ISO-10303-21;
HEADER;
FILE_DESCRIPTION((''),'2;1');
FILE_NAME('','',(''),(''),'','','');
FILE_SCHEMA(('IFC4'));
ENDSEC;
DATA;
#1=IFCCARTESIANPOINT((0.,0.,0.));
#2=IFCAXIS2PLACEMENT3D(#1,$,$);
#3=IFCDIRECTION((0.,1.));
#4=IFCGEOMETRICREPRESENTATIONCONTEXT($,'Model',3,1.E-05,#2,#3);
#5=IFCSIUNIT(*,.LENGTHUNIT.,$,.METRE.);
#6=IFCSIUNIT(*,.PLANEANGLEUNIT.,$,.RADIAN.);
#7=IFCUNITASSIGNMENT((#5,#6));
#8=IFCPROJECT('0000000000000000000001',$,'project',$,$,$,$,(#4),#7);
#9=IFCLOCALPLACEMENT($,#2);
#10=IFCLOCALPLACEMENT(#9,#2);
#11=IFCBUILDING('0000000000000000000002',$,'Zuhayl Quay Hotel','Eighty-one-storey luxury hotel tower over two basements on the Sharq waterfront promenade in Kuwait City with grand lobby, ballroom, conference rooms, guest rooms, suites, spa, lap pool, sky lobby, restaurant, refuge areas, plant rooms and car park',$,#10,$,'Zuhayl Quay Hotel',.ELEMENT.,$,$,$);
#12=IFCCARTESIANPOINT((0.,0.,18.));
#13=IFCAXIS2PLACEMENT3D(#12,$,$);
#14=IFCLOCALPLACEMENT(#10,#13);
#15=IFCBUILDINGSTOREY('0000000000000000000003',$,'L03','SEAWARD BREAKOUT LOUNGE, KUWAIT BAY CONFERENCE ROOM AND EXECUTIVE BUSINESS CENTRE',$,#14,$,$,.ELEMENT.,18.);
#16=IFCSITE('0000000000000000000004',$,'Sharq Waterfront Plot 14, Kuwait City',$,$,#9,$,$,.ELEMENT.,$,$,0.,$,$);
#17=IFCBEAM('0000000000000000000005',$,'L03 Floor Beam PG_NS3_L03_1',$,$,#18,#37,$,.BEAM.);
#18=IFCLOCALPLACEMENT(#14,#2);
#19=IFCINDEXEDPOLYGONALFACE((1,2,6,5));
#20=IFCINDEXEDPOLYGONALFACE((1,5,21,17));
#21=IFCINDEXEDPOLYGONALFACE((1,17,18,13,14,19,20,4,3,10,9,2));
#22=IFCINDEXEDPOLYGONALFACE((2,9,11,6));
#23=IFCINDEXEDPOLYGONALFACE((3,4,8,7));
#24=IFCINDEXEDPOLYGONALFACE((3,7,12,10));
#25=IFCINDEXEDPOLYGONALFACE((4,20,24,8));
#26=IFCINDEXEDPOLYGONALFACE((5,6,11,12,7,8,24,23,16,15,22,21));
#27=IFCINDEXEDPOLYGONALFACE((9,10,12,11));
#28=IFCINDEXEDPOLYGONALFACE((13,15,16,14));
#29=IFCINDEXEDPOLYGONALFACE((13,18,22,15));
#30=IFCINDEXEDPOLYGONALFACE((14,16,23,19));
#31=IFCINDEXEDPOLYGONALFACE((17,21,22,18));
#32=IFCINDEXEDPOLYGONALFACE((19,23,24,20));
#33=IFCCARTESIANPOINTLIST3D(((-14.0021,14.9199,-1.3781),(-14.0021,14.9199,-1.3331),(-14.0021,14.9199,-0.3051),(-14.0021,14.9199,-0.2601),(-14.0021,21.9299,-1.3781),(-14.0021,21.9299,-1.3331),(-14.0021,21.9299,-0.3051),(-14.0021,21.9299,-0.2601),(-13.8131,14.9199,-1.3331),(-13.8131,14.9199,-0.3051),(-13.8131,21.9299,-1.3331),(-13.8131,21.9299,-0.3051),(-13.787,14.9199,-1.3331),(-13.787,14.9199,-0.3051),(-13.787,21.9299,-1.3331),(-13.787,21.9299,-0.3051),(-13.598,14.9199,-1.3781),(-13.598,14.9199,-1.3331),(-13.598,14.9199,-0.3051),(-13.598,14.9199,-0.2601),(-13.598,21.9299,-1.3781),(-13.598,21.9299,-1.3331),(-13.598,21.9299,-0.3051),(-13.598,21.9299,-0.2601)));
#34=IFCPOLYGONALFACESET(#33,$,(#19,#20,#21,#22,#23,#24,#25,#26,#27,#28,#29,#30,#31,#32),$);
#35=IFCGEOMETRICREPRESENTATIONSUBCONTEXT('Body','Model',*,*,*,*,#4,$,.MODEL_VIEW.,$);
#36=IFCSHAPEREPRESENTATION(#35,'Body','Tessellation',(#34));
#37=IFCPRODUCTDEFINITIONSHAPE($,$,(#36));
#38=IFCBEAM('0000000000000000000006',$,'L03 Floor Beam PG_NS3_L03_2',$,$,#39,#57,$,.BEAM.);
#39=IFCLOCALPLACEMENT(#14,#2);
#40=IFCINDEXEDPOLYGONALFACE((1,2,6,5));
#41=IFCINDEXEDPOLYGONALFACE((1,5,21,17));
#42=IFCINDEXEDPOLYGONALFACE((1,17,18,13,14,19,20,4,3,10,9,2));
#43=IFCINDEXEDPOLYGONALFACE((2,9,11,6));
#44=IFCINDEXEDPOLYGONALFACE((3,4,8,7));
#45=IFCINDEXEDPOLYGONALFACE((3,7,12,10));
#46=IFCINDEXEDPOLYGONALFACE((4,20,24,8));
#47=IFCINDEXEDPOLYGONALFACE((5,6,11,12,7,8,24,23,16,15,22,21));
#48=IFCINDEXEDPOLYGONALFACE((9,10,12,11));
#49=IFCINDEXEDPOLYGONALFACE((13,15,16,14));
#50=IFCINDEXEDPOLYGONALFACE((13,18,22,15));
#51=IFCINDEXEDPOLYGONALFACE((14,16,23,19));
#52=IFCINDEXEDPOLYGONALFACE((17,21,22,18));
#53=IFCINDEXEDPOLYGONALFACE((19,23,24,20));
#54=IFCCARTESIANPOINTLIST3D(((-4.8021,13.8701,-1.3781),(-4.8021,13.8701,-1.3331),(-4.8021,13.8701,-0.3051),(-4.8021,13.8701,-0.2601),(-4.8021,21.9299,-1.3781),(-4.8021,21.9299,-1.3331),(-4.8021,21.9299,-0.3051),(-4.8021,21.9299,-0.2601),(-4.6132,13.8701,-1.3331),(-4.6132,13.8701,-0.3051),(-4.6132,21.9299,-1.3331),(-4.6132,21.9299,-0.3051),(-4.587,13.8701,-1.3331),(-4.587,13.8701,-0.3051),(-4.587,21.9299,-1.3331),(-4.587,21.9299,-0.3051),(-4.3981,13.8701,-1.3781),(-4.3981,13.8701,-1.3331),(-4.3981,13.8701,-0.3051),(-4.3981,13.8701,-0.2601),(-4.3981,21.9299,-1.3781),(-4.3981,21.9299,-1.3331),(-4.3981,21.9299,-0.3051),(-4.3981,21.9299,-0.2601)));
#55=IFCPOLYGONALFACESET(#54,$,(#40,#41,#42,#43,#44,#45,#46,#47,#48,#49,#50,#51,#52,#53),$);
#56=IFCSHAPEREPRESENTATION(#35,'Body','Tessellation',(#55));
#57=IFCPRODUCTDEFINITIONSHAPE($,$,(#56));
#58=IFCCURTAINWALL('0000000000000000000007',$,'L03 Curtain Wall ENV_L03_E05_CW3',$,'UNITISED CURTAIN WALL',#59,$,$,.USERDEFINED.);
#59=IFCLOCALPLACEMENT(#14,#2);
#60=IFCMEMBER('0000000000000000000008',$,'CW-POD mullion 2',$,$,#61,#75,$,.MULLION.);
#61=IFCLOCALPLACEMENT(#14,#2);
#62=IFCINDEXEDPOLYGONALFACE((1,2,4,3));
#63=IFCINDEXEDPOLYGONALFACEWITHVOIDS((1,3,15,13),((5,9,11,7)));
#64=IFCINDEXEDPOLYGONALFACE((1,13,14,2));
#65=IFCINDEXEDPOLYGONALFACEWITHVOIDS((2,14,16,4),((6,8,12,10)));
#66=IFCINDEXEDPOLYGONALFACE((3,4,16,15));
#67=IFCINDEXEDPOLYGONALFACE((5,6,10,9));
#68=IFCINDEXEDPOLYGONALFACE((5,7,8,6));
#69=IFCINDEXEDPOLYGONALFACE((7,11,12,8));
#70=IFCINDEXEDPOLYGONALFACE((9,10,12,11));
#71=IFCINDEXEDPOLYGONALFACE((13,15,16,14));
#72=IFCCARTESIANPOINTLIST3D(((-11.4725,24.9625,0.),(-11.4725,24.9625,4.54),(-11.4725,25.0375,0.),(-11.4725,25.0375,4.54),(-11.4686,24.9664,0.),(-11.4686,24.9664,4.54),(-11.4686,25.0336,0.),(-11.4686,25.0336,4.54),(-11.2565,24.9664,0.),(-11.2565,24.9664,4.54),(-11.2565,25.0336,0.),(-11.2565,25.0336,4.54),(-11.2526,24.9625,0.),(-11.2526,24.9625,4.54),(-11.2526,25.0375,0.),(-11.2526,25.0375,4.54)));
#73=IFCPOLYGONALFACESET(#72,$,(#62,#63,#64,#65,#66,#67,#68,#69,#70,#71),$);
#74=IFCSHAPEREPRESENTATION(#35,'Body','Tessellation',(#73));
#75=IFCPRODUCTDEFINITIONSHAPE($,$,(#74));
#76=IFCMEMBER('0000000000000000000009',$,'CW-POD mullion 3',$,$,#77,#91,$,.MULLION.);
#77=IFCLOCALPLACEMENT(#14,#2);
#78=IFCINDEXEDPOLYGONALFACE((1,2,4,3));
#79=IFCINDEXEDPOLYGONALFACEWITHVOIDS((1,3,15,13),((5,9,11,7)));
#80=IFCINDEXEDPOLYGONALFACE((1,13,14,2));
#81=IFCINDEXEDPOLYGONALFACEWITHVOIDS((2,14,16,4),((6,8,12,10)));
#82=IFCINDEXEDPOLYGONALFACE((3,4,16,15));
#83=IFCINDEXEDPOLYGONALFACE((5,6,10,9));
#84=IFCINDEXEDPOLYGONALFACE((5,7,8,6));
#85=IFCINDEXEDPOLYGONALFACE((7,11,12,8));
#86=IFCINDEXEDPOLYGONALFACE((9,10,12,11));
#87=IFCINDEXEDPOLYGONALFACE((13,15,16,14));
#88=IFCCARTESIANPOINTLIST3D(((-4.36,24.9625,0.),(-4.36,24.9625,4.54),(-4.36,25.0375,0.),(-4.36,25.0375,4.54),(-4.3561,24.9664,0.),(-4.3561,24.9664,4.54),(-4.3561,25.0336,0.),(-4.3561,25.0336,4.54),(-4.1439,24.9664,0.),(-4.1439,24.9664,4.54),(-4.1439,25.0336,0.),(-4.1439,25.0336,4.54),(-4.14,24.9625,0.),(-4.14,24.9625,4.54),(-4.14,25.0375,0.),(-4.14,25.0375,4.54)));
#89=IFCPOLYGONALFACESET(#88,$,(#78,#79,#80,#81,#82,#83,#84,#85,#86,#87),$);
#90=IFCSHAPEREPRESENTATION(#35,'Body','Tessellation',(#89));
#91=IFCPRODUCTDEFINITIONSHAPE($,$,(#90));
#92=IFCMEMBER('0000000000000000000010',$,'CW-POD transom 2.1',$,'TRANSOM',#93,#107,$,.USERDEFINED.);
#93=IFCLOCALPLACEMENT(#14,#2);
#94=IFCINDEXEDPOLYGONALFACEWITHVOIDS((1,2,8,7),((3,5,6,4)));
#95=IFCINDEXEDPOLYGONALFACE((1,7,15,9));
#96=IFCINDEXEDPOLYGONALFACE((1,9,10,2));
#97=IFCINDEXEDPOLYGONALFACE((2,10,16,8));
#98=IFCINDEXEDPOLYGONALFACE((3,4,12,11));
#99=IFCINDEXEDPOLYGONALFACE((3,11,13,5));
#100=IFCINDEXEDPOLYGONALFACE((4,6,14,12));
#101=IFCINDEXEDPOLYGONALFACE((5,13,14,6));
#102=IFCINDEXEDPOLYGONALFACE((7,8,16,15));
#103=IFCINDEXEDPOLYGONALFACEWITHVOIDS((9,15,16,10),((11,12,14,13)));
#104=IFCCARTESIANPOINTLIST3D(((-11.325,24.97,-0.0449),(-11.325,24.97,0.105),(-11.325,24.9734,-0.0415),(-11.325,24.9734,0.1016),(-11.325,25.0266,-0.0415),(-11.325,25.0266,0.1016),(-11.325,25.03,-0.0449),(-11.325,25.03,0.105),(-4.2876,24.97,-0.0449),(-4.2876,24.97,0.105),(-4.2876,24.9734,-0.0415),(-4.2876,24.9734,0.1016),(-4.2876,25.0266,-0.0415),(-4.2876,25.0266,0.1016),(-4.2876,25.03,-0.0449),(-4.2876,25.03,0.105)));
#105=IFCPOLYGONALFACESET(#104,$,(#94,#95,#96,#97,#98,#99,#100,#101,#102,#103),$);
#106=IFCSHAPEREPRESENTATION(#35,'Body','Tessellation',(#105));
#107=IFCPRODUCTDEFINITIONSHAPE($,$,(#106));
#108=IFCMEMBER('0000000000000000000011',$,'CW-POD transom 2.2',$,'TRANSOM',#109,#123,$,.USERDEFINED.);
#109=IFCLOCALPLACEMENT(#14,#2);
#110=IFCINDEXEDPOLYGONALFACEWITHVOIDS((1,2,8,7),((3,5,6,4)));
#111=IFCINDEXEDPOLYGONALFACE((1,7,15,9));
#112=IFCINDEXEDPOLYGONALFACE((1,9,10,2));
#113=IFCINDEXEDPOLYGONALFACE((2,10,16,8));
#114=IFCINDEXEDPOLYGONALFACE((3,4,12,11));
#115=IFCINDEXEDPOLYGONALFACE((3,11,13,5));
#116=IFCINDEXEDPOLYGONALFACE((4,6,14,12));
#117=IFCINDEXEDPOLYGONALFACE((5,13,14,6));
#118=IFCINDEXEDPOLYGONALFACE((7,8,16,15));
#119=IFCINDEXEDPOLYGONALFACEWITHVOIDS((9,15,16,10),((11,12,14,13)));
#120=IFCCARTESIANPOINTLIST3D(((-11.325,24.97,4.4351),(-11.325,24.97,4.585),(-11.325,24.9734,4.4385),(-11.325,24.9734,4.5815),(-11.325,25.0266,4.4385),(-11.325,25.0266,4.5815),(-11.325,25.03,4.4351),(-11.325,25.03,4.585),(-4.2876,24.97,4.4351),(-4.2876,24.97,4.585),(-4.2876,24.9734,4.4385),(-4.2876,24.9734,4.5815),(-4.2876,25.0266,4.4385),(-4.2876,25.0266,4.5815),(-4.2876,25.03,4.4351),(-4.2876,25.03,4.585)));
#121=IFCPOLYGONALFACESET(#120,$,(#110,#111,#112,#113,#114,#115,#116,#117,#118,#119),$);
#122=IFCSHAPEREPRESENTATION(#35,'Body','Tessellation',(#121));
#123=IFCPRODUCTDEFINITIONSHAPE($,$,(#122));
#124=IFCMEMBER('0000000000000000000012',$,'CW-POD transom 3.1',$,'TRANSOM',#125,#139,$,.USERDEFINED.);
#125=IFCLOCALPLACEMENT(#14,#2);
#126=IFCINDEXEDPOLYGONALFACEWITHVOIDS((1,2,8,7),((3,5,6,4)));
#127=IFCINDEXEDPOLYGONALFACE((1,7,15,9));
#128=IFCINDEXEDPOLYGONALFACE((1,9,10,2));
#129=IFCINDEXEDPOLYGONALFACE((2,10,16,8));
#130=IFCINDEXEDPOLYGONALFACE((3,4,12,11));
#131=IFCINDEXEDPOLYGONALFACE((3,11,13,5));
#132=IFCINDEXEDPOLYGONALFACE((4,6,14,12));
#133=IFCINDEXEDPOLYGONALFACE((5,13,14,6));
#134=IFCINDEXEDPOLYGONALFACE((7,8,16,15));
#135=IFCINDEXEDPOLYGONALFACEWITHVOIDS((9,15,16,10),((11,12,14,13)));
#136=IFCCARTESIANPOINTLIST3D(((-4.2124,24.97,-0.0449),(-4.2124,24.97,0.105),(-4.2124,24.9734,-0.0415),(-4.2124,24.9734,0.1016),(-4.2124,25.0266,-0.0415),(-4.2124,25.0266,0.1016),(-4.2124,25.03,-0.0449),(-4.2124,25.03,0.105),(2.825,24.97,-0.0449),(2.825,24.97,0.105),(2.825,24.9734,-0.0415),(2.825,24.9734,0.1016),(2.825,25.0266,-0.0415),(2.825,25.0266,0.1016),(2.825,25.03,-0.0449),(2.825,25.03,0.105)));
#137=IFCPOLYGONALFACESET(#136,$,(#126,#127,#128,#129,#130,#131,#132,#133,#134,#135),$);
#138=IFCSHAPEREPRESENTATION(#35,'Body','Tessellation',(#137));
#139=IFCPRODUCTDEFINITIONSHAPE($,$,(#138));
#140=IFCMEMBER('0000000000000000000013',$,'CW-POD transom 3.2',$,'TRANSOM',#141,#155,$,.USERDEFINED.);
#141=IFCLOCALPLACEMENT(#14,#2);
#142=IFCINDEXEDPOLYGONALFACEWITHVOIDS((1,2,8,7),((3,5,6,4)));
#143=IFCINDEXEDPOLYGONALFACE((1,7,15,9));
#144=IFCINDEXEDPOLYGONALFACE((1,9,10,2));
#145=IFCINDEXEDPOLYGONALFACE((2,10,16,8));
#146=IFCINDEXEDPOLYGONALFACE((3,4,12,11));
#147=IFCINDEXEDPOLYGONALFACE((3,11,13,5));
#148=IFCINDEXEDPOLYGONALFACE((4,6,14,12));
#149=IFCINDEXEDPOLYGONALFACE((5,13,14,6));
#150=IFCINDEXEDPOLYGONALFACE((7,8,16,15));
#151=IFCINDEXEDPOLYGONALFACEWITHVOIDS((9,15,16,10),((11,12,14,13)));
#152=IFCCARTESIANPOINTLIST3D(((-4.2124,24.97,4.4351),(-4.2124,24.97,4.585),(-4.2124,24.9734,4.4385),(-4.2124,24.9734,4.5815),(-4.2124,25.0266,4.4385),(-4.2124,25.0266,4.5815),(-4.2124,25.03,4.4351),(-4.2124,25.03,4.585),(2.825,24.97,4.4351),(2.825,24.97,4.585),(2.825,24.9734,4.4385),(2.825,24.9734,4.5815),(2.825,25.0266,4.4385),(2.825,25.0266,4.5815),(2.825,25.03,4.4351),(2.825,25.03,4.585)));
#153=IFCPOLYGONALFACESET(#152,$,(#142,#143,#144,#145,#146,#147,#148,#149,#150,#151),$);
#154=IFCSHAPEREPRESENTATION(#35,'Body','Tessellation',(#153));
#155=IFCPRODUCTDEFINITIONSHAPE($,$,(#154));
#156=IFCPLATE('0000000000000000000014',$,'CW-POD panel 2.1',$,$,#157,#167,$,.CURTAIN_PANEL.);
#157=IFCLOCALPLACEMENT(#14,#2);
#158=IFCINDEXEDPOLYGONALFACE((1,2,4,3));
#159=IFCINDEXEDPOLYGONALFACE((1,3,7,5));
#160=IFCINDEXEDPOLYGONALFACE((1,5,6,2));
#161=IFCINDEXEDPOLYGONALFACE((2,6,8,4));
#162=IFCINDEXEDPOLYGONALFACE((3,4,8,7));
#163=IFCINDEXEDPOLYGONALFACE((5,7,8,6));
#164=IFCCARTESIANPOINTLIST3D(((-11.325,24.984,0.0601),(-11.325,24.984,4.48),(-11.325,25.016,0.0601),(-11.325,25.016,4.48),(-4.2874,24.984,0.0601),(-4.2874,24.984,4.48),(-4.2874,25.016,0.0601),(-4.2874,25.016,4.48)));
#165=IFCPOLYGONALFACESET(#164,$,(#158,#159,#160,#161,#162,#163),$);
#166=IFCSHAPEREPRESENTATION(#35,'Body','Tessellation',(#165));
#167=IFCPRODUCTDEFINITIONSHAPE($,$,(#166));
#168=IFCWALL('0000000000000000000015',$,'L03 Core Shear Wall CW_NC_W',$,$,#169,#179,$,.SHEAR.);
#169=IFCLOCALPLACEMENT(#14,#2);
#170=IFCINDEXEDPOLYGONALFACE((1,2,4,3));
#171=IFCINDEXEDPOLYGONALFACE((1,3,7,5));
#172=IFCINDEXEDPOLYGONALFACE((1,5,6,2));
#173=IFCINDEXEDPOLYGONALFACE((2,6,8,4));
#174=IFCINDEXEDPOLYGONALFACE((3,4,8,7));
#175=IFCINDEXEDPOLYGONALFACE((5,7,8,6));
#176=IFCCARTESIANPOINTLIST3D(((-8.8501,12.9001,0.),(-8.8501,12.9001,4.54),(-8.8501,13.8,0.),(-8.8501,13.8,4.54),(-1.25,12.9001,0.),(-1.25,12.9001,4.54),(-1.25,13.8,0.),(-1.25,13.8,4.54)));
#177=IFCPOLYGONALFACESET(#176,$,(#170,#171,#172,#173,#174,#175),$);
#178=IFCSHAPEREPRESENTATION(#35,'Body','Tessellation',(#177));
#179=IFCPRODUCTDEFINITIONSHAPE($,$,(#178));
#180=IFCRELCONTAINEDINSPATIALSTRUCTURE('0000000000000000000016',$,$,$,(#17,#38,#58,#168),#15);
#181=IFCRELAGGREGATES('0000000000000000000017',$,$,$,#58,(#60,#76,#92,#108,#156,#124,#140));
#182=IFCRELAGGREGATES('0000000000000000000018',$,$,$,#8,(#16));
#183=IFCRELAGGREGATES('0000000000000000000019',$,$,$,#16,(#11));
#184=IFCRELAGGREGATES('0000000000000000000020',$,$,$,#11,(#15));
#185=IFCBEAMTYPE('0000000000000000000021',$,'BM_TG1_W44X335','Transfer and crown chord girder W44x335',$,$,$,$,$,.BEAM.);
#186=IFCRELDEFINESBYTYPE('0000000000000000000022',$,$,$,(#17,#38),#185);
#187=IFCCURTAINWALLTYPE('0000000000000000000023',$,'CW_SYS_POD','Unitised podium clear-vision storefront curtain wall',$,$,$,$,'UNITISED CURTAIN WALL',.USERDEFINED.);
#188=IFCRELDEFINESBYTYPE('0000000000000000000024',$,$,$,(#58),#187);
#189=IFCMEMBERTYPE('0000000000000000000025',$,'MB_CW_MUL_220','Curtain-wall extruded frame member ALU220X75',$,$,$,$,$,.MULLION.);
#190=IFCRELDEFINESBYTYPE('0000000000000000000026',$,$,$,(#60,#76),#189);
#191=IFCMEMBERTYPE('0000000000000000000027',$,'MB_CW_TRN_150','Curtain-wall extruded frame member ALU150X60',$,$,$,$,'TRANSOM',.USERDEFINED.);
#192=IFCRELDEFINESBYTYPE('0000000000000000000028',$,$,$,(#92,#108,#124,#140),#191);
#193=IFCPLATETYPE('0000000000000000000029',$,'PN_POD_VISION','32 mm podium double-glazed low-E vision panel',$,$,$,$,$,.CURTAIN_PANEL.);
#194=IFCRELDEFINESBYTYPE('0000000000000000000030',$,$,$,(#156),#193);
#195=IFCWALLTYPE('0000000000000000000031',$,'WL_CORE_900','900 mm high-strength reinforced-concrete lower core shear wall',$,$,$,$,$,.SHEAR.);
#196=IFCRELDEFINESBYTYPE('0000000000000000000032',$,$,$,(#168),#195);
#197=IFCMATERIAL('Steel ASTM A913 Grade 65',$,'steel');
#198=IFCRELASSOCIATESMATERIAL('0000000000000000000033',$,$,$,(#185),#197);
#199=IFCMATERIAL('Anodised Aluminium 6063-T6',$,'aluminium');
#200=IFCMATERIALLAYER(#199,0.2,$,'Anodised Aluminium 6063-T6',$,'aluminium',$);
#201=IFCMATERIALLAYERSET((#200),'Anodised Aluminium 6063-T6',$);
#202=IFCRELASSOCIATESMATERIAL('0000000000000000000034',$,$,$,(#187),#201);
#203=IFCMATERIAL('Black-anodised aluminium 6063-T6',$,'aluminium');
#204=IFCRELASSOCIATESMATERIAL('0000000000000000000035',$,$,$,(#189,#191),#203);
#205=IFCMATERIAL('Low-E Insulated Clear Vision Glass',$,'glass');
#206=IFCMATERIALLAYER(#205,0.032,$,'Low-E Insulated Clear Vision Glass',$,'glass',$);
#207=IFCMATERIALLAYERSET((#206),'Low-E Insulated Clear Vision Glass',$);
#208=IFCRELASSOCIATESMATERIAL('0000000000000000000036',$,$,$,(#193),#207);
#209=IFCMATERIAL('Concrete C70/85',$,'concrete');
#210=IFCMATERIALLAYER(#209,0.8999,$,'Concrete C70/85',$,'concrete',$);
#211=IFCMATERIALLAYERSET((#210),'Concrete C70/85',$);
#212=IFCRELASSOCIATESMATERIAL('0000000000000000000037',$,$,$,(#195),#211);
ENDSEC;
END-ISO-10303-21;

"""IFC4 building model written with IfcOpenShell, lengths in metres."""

from ifc_helpers import new_model, si_unit, direction, frame, frame_2d, origin, origin_2d, place, context, subcontext, project, spatial, rectangle, hollow_rectangle, i_section, extrude, material, layer, layer_set, material_profile, profile_set, type_object, element, aggregate, save


model = new_model("IFC4")

# Units and contexts
model_context = context("Model", 3, precision=1e-05, world=origin(), true_north=direction((0.0, 1.0)))
body_context = subcontext(model_context, "Body", "Model", "MODEL_VIEW")
ifc_project = project(units=[si_unit("LENGTHUNIT", "METRE"), si_unit("PLANEANGLEUNIT", "RADIAN")], contexts=[model_context])

# Site, building, storey
site_placement = place(None, origin())
site = spatial("IfcSite", under=ifc_project, at=site_placement, Name="Sharq Waterfront Plot 14, Kuwait City", CompositionType="ELEMENT", RefElevation=0.0)
building_placement = place(site_placement, origin())
building = spatial("IfcBuilding", under=site, at=building_placement, Name="Zuhayl Quay Hotel", Description="Eighty-one-storey luxury hotel tower over two basements on the Sharq waterfront promenade in Kuwait City with grand lobby, ballroom, conference rooms, guest rooms, suites, spa, lap pool, sky lobby, restaurant, refuge areas, plant rooms and car park", LongName="Zuhayl Quay Hotel", CompositionType="ELEMENT")
storey_placement = place(building_placement, frame((0.0, 0.0, 18.0)))
storey = spatial("IfcBuildingStorey", under=building, at=storey_placement, Name="L03", Description="SEAWARD BREAKOUT LOUNGE, KUWAIT BAY CONFERENCE ROOM AND EXECUTIVE BUSINESS CENTRE", CompositionType="ELEMENT", Elevation=18.0)

# Shared definitions
ifc_material_1 = material(Name="Concrete C70/85", Category="concrete")

# Beams
ifc_material_2 = material(Name="Steel ASTM A913 Grade 65", Category="steel")
ifc_material_profile_1 = material_profile(ifc_material_2, i_section(OverallWidth=0.4041, OverallDepth=1.1179, WebThickness=0.0261, FlangeThickness=0.0449, at=origin_2d()), Name="W44X335")
ifc_profile_set_1 = profile_set([ifc_material_profile_1], Name="Steel ASTM A913 Grade 65")
beam_type_1 = type_object("IfcBeamType", Name="BM_TG1_W44X335", Description="Transfer and crown chord girder W44x335", PredefinedType="BEAM", material=ifc_profile_set_1)
beam_1_placement = place(storey_placement, frame((-13.8, 14.9199, -0.8191), z_axis=(0.0, 1.0, 0.0), x_axis=(-1.0, 0.0, 0.0)))
element("IfcBeam", 1, at=beam_1_placement, inside=storey, type_object=beam_type_1, Name="L03 Floor Beam PG_NS3_L03_1", PredefinedType="BEAM", context=body_context, shape_type="SweptSolid", body=[
    extrude(i_section(OverallWidth=0.4041, OverallDepth=1.1179, WebThickness=0.0261, FlangeThickness=0.0449, at=origin_2d()), origin(), (0.0, 0.0, 1.0), 7.01),
])
beam_2_placement = place(storey_placement, frame((-4.6001, 13.8701, -0.8191), z_axis=(0.0, 1.0, 0.0), x_axis=(-1.0, 0.0, 0.0)))
element("IfcBeam", 2, at=beam_2_placement, inside=storey, type_object=beam_type_1, Name="L03 Floor Beam PG_NS3_L03_2", PredefinedType="BEAM", context=body_context, shape_type="SweptSolid", body=[
    extrude(i_section(OverallWidth=0.4041, OverallDepth=1.1179, WebThickness=0.0261, FlangeThickness=0.0449, at=origin_2d()), origin(), (0.0, 0.0, 1.0), 8.0598),
])

# Curtain wall, members, plate
ifc_material_3 = material(Name="Anodised Aluminium 6063-T6", Category="aluminium")
ifc_layer_1 = layer(ifc_material_3, 0.2, Name="Anodised Aluminium 6063-T6", Category="aluminium")
ifc_layer_set_1 = layer_set([ifc_layer_1], Name="Anodised Aluminium 6063-T6")
curtain_wall_type = type_object("IfcCurtainWallType", Name="CW_SYS_POD", Description="Unitised podium clear-vision storefront curtain wall", ElementType="UNITISED CURTAIN WALL", PredefinedType="USERDEFINED", material=ifc_layer_set_1)
curtain_wall_placement = place(storey_placement, origin())
curtain_wall = element("IfcCurtainWall", 3, at=curtain_wall_placement, inside=storey, type_object=curtain_wall_type, Name="L03 Curtain Wall ENV_L03_E05_CW3", ObjectType="UNITISED CURTAIN WALL", PredefinedType="USERDEFINED")
ifc_material_4 = material(Name="Black-anodised aluminium 6063-T6", Category="aluminium")
ifc_material_profile_2 = material_profile(ifc_material_4, hollow_rectangle(XDim=0.075, YDim=0.22, WallThickness=0.0039, at=origin_2d()), Name="ALU220X75")
ifc_profile_set_2 = profile_set([ifc_material_profile_2], Name="Black-anodised aluminium 6063-T6")
member_type_1 = type_object("IfcMemberType", Name="MB_CW_MUL_220", Description="Curtain-wall extruded frame member ALU220X75", PredefinedType="MULLION", material=ifc_profile_set_2)
member_1_placement = place(storey_placement, frame((-11.3625, 25.0, 0.0), z_axis=(0.0, 0.0, 1.0), x_axis=(0.0, 1.0, 0.0)))
member_1 = element("IfcMember", 4, at=member_1_placement, type_object=member_type_1, Name="CW-POD mullion 2", PredefinedType="MULLION", context=body_context, shape_type="SweptSolid", body=[
    extrude(hollow_rectangle(XDim=0.075, YDim=0.22, WallThickness=0.0039, at=origin_2d()), origin(), (0.0, 0.0, 1.0), 4.54),
])
member_2_placement = place(storey_placement, frame((-4.25, 25.0, 0.0), z_axis=(0.0, 0.0, 1.0), x_axis=(0.0, 1.0, 0.0)))
member_2 = element("IfcMember", 5, at=member_2_placement, type_object=member_type_1, Name="CW-POD mullion 3", PredefinedType="MULLION", context=body_context, shape_type="SweptSolid", body=[
    extrude(hollow_rectangle(XDim=0.075, YDim=0.22, WallThickness=0.0039, at=origin_2d()), origin(), (0.0, 0.0, 1.0), 4.54),
])
ifc_material_profile_3 = material_profile(ifc_material_4, hollow_rectangle(XDim=0.0601, YDim=0.1499, WallThickness=0.0034, at=origin_2d()), Name="ALU150X60")
ifc_profile_set_3 = profile_set([ifc_material_profile_3], Name="Black-anodised aluminium 6063-T6")
member_type_2 = type_object("IfcMemberType", Name="MB_CW_TRN_150", Description="Curtain-wall extruded frame member ALU150X60", ElementType="TRANSOM", PredefinedType="USERDEFINED", material=ifc_profile_set_3)
member_3_placement = place(storey_placement, frame((-11.325, 25.0, 0.03), z_axis=(1.0, 0.0, 0.0), x_axis=(0.0, 1.0, 0.0)))
member_3 = element("IfcMember", 6, at=member_3_placement, type_object=member_type_2, Name="CW-POD transom 2.1", ObjectType="TRANSOM", PredefinedType="USERDEFINED", context=body_context, shape_type="SweptSolid", body=[
    extrude(hollow_rectangle(XDim=0.0601, YDim=0.1499, WallThickness=0.0034, at=origin_2d()), origin(), (0.0, 0.0, 1.0), 7.0374),
])
member_4_placement = place(storey_placement, frame((-11.325, 25.0, 4.51), z_axis=(1.0, 0.0, 0.0), x_axis=(0.0, 1.0, 0.0)))
member_4 = element("IfcMember", 7, at=member_4_placement, type_object=member_type_2, Name="CW-POD transom 2.2", ObjectType="TRANSOM", PredefinedType="USERDEFINED", context=body_context, shape_type="SweptSolid", body=[
    extrude(hollow_rectangle(XDim=0.0601, YDim=0.1499, WallThickness=0.0034, at=origin_2d()), origin(), (0.0, 0.0, 1.0), 7.0374),
])
member_5_placement = place(storey_placement, frame((-4.2124, 25.0, 0.03), z_axis=(1.0, 0.0, 0.0), x_axis=(0.0, 1.0, 0.0)))
member_5 = element("IfcMember", 8, at=member_5_placement, type_object=member_type_2, Name="CW-POD transom 3.1", ObjectType="TRANSOM", PredefinedType="USERDEFINED", context=body_context, shape_type="SweptSolid", body=[
    extrude(hollow_rectangle(XDim=0.0601, YDim=0.1499, WallThickness=0.0034, at=origin_2d()), origin(), (0.0, 0.0, 1.0), 7.0374),
])
member_6_placement = place(storey_placement, frame((-4.2124, 25.0, 4.51), z_axis=(1.0, 0.0, 0.0), x_axis=(0.0, 1.0, 0.0)))
member_6 = element("IfcMember", 9, at=member_6_placement, type_object=member_type_2, Name="CW-POD transom 3.2", ObjectType="TRANSOM", PredefinedType="USERDEFINED", context=body_context, shape_type="SweptSolid", body=[
    extrude(hollow_rectangle(XDim=0.0601, YDim=0.1499, WallThickness=0.0034, at=origin_2d()), origin(), (0.0, 0.0, 1.0), 7.0374),
])
ifc_material_5 = material(Name="Low-E Insulated Clear Vision Glass", Category="glass")
ifc_layer_2 = layer(ifc_material_5, 0.032, Name="Low-E Insulated Clear Vision Glass", Category="glass")
ifc_layer_set_2 = layer_set([ifc_layer_2], Name="Low-E Insulated Clear Vision Glass")
plate_type = type_object("IfcPlateType", Name="PN_POD_VISION", Description="32 mm podium double-glazed low-E vision panel", PredefinedType="CURTAIN_PANEL", material=ifc_layer_set_2)
plate_placement = place(storey_placement, frame((-7.8062, 25.0, 0.0601), z_axis=(0.0, 0.0, 1.0), x_axis=(1.0, 0.0, 0.0)))
plate = element("IfcPlate", 10, at=plate_placement, type_object=plate_type, Name="CW-POD panel 2.1", PredefinedType="CURTAIN_PANEL", context=body_context, shape_type="SweptSolid", body=[
    extrude(rectangle(XDim=7.0376, YDim=0.032, at=origin_2d()), origin(), (0.0, 0.0, 1.0), 4.4199),
])
aggregate(curtain_wall, [member_1, member_2, member_3, member_4, plate, member_5, member_6])

# Wall
ifc_layer_3 = layer(ifc_material_1, 0.8999, Name="Concrete C70/85", Category="concrete")
ifc_layer_set_3 = layer_set([ifc_layer_3], Name="Concrete C70/85")
wall_type_1 = type_object("IfcWallType", Name="WL_CORE_900", Description="900 mm high-strength reinforced-concrete lower core shear wall", PredefinedType="SHEAR", material=ifc_layer_set_3)
wall_1_placement = place(storey_placement, frame((-8.8501, 13.3501, 0.0), z_axis=(0.0, 0.0, 1.0), x_axis=(1.0, 0.0, 0.0)))
element("IfcWall", 11, at=wall_1_placement, inside=storey, type_object=wall_type_1, Name="L03 Core Shear Wall CW_NC_W", PredefinedType="SHEAR", context=body_context, shape_type="SweptSolid", body=[
    extrude(rectangle(XDim=7.6001, YDim=0.8999, at=frame_2d((3.8, 0.0))), origin(), (0.0, 0.0, 1.0), 4.54),
])

save(model, "model.ifc")
